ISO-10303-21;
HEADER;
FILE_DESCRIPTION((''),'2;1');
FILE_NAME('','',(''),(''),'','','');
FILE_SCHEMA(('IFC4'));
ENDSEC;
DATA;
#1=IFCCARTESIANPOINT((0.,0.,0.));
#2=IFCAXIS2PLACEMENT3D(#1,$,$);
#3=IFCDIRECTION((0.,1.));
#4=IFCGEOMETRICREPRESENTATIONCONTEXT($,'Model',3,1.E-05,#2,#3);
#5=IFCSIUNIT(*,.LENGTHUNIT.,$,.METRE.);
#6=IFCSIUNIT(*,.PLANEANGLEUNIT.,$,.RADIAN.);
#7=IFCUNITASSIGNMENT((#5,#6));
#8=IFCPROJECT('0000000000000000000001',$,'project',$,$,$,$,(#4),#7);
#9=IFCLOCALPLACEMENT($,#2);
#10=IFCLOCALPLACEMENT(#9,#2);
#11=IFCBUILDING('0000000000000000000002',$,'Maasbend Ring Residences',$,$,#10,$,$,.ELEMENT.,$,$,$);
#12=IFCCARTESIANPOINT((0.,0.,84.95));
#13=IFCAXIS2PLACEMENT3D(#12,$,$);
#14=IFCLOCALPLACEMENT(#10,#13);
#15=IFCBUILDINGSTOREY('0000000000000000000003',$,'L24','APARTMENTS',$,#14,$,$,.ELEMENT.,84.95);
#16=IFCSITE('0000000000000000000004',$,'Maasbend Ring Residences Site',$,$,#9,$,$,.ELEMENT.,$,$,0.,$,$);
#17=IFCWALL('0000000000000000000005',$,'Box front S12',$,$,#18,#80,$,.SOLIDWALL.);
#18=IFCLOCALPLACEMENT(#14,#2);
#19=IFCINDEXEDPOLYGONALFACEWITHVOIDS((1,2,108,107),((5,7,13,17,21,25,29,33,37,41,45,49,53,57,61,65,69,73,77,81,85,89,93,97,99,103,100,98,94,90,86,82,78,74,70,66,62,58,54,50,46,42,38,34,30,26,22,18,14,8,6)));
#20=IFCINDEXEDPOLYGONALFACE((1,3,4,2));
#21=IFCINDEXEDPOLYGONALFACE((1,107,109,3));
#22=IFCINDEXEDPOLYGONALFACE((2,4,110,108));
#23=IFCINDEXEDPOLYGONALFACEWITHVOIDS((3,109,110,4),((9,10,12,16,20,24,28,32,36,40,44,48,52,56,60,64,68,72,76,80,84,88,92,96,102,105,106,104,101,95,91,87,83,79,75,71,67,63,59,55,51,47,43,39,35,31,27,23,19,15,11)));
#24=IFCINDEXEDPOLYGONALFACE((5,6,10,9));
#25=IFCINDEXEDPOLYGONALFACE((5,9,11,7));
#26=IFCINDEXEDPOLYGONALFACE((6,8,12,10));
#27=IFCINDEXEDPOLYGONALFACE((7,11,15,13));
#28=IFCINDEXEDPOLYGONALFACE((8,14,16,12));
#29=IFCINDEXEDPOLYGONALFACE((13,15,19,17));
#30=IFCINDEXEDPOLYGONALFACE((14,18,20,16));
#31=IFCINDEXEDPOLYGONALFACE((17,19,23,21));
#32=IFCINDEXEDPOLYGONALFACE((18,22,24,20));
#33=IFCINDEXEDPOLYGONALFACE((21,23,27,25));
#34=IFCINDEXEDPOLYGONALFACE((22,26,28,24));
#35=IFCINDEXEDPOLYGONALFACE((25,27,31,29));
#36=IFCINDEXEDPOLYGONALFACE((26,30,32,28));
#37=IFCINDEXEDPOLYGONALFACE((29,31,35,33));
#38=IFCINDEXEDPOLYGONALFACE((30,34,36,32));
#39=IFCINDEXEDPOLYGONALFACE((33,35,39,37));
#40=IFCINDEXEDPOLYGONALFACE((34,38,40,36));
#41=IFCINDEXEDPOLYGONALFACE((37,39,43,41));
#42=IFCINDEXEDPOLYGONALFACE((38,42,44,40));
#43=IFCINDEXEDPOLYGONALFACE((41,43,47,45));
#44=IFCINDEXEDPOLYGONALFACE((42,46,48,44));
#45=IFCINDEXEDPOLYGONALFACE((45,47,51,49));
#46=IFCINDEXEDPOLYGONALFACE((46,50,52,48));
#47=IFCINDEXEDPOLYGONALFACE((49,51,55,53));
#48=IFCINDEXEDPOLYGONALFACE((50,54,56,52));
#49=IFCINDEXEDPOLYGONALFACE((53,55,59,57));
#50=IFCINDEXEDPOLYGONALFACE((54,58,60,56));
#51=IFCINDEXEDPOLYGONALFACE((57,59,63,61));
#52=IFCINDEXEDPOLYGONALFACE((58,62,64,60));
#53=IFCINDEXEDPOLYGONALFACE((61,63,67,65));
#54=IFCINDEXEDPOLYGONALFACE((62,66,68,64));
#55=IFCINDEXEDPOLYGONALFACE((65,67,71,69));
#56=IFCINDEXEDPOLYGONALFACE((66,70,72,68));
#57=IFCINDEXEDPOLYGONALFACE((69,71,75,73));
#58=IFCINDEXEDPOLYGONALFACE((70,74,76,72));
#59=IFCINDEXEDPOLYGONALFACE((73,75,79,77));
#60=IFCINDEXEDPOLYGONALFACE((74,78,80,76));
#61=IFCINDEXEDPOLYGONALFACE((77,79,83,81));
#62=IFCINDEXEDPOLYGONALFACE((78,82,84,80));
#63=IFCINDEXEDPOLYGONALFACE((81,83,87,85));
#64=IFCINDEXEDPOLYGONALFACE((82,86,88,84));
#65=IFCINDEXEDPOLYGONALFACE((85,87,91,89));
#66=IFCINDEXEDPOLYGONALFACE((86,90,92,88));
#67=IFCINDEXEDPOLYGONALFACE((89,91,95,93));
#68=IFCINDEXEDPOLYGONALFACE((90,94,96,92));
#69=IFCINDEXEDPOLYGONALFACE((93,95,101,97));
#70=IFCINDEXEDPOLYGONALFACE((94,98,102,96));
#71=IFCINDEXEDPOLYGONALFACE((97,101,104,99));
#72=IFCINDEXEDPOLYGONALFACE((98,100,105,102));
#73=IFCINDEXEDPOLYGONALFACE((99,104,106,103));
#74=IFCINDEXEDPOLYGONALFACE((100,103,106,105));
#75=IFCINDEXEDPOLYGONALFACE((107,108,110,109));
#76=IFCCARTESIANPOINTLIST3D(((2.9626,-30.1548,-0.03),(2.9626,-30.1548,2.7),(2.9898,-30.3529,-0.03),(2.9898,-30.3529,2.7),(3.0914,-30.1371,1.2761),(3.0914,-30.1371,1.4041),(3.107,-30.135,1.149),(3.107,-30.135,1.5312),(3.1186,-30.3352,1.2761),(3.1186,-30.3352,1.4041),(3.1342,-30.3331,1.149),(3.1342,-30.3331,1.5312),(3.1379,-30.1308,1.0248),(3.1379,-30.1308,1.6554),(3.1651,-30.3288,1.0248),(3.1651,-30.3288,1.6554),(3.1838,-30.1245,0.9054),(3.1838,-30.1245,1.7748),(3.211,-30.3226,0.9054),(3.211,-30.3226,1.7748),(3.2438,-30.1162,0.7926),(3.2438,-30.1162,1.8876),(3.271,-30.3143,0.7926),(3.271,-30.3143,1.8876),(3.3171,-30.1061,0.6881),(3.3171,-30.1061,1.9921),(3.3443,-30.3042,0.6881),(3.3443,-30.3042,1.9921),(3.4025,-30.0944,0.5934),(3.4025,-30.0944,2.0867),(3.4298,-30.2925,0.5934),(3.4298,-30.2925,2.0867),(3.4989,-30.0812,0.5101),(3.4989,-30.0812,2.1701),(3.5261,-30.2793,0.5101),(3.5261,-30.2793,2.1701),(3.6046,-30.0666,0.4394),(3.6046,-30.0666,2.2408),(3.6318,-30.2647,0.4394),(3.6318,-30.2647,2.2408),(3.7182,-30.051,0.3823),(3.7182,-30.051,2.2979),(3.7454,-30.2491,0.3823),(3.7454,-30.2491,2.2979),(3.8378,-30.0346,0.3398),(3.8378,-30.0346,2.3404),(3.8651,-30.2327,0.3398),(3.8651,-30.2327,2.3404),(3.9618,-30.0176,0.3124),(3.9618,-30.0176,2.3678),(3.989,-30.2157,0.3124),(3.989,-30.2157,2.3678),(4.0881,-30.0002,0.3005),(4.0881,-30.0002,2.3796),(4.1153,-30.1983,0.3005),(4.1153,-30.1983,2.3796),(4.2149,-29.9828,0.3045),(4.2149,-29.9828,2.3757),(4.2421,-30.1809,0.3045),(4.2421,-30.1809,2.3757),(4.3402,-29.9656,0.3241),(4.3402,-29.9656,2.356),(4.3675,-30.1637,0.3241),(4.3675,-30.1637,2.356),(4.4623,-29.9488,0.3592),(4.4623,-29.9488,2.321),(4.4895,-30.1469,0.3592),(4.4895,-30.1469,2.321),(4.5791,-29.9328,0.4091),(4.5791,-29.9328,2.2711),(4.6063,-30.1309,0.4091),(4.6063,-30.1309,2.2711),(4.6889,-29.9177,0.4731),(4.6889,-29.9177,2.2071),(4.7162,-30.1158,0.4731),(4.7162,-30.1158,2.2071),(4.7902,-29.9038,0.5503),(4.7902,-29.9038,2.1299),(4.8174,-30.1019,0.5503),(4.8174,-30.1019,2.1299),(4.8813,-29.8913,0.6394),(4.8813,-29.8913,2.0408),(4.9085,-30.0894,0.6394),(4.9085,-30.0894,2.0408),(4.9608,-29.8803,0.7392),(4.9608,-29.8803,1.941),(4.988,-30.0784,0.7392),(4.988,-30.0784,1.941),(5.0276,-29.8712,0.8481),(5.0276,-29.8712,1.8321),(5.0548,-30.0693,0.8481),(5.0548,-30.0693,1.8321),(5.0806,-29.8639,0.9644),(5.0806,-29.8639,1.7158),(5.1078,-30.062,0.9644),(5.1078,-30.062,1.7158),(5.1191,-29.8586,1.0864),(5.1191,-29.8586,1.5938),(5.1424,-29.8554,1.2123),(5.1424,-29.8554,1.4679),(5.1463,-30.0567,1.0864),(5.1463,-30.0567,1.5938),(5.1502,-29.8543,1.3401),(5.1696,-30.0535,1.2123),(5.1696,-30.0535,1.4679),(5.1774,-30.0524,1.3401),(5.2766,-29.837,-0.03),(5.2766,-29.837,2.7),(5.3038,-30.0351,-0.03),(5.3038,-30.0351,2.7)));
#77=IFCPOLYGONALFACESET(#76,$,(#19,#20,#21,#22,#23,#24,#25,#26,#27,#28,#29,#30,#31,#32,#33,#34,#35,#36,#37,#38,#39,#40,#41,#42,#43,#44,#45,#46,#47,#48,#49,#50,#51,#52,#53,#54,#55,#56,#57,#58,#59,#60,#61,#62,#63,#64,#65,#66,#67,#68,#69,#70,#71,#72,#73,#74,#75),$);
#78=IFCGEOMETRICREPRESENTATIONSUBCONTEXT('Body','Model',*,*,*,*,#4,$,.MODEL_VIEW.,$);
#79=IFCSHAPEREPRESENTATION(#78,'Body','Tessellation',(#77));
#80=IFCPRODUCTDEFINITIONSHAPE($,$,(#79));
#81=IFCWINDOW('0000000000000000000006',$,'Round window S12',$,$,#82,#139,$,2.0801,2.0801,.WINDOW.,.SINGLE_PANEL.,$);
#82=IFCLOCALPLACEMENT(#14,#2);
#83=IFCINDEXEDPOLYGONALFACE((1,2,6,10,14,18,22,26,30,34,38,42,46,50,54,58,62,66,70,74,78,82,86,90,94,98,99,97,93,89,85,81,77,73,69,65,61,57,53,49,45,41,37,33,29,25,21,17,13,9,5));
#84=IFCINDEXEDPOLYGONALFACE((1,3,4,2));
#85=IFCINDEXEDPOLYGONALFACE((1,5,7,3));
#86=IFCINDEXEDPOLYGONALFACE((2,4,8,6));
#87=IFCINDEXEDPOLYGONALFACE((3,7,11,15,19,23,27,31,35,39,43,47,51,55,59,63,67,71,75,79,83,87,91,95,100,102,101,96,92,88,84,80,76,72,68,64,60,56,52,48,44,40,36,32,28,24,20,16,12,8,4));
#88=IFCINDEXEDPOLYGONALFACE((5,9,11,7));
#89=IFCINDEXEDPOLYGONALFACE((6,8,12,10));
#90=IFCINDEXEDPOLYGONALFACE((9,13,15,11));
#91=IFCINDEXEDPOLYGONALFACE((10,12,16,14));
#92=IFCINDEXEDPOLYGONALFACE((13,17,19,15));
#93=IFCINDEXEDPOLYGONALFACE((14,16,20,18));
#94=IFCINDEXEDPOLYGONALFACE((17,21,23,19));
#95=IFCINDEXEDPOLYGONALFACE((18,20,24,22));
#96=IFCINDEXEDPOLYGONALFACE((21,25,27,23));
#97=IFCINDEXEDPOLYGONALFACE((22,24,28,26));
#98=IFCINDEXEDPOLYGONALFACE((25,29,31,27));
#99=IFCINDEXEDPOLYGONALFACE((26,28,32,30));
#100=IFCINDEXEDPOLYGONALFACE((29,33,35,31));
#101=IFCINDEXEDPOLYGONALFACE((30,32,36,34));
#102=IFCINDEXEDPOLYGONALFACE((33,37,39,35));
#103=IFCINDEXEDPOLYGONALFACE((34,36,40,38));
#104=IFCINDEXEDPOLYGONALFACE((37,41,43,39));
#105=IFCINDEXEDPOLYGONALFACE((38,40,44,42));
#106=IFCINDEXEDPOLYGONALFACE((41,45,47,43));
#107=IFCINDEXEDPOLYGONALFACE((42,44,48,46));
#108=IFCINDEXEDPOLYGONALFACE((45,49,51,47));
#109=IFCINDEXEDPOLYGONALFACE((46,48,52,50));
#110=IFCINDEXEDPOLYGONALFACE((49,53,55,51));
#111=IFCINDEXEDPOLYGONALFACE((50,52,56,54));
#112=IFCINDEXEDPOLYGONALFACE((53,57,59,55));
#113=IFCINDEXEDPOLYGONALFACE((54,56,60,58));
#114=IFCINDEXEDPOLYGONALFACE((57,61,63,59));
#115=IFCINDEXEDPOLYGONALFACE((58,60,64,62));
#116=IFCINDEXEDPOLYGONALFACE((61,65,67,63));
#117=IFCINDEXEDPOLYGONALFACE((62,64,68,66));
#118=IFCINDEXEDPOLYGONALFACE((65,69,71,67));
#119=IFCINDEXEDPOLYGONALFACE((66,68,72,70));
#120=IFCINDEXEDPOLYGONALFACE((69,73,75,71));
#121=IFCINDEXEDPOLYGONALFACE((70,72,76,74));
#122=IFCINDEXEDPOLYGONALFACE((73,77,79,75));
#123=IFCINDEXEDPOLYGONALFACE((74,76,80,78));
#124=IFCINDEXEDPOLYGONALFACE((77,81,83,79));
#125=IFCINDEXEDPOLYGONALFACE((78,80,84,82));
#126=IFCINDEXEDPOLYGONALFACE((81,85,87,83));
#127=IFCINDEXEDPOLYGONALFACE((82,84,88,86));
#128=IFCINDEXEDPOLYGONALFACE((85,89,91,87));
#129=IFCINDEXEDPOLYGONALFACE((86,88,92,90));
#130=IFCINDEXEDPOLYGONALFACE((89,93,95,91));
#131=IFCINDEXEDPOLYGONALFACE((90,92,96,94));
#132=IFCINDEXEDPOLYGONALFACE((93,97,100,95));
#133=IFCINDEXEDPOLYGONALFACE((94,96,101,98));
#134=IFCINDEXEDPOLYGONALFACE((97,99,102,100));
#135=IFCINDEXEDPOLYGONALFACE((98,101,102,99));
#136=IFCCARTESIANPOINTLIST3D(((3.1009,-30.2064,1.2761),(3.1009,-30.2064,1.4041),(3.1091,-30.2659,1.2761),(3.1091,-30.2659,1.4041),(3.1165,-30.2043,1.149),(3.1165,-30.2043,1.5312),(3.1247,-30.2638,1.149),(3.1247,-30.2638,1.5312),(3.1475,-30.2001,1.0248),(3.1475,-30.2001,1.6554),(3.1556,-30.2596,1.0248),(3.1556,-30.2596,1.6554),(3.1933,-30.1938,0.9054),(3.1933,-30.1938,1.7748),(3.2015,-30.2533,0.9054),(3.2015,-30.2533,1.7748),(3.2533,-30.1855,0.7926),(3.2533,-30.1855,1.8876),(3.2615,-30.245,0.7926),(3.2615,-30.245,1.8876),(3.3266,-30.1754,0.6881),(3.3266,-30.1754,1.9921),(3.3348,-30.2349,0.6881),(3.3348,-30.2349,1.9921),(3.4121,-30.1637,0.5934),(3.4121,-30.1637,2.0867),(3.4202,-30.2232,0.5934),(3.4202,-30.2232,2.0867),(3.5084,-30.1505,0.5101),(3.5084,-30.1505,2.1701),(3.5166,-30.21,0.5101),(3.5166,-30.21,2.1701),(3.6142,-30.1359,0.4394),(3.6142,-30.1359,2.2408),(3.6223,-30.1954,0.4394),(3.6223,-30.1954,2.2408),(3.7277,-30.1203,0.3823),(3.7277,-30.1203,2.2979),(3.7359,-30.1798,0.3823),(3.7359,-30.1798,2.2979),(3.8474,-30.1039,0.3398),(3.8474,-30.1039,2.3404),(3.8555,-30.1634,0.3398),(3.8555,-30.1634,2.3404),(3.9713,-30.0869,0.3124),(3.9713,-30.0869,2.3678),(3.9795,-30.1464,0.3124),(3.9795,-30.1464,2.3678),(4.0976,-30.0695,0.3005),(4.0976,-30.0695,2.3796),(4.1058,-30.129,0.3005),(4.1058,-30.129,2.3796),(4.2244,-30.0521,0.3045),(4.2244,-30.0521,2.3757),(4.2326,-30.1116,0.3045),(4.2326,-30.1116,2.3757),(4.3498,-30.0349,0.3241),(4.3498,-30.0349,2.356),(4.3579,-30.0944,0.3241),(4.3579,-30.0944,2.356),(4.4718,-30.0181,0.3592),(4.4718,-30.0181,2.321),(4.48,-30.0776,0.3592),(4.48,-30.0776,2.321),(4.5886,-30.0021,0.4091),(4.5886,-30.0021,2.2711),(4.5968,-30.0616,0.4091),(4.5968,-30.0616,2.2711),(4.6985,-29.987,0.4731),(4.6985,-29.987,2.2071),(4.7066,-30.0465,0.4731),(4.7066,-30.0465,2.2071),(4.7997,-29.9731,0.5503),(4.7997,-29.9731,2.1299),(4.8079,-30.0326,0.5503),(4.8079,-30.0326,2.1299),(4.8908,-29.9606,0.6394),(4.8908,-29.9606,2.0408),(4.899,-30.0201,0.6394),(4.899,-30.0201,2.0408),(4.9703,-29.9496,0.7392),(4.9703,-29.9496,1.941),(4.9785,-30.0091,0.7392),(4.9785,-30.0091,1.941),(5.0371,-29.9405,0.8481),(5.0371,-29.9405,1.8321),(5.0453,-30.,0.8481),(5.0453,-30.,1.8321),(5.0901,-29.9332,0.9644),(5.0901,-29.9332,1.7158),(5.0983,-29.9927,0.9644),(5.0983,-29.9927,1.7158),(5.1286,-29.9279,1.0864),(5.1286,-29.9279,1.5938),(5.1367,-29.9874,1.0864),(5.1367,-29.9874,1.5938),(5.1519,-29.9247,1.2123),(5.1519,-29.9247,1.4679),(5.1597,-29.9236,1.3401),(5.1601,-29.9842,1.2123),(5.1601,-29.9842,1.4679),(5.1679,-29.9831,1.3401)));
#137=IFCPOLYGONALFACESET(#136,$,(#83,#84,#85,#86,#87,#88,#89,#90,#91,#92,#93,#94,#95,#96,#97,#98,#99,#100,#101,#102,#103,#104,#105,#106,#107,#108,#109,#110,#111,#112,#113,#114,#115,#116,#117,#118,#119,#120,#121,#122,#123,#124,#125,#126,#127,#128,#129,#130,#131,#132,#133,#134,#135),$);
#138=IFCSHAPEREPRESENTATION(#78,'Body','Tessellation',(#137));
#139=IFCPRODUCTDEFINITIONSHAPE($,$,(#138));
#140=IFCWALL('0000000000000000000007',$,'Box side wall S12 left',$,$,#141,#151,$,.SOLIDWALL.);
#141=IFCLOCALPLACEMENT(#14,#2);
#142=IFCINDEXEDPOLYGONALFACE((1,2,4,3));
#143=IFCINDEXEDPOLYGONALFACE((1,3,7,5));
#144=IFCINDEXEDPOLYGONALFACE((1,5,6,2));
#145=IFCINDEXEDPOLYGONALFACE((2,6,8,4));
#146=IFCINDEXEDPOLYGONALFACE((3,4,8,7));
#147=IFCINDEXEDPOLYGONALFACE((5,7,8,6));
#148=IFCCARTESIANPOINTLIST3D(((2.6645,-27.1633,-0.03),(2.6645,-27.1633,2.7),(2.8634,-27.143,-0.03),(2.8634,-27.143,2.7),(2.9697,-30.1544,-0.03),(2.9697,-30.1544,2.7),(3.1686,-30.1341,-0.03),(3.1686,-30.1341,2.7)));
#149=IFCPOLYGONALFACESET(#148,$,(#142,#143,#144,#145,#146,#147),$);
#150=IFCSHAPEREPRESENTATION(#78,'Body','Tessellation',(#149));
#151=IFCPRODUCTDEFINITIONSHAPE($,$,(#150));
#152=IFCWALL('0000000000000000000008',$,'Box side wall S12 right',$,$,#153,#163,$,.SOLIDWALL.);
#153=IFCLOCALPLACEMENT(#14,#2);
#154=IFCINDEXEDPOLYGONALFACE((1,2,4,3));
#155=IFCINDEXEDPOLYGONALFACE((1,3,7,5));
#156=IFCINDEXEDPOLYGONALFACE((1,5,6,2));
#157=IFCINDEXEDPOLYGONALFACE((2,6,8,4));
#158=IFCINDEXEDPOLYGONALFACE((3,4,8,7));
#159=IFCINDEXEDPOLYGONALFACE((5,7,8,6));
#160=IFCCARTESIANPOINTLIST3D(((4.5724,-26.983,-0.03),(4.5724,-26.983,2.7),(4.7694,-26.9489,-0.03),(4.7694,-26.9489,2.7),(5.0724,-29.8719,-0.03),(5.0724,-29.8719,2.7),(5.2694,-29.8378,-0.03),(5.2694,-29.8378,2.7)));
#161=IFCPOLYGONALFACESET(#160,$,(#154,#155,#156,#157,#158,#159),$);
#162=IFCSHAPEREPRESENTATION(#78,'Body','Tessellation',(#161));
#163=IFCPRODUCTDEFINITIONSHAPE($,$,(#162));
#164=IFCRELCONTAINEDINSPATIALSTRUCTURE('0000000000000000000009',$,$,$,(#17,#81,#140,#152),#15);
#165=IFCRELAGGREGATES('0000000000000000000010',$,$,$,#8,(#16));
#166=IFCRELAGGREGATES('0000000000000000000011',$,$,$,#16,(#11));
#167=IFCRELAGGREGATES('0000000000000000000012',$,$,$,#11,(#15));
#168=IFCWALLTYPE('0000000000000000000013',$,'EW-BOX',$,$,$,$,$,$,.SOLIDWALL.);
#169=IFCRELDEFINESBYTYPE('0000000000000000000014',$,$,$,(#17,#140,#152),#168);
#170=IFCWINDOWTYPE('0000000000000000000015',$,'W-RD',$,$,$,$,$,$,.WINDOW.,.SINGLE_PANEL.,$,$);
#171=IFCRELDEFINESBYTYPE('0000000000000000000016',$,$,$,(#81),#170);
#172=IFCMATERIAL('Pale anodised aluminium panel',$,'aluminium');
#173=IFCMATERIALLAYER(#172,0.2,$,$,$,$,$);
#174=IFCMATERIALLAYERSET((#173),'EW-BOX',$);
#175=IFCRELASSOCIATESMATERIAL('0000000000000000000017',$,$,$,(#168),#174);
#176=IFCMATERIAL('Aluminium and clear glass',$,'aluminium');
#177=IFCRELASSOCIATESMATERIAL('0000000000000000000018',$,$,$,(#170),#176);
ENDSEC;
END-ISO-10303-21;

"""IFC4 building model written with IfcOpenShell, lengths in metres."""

from ifc_helpers import new_model, si_unit, direction, frame, frame_2d, origin, place, context, subcontext, project, spatial, rectangle, circle, extrude, material, layer, layer_set, type_object, element, fill, save


model = new_model("IFC4")

# Units and contexts
model_context = context("Model", 3, precision=1e-05, world=origin(), true_north=direction((0.0, 1.0)))
body_context = subcontext(model_context, "Body", "Model", "MODEL_VIEW")
ifc_project = project(units=[si_unit("LENGTHUNIT", "METRE"), si_unit("PLANEANGLEUNIT", "RADIAN")], contexts=[model_context])

# Site, building, storey
site_placement = place(None, origin())
site = spatial("IfcSite", under=ifc_project, at=site_placement, Name="Maasbend Ring Residences Site", CompositionType="ELEMENT", RefElevation=0.0)
building_placement = place(site_placement, origin())
building = spatial("IfcBuilding", under=site, at=building_placement, Name="Maasbend Ring Residences", CompositionType="ELEMENT")
storey_placement = place(building_placement, frame((0.0, 0.0, 84.95)))
storey = spatial("IfcBuildingStorey", under=building, at=storey_placement, Name="L24", Description="APARTMENTS", CompositionType="ELEMENT", Elevation=84.95)

# Wall, opening, window
ifc_material_1 = material(Name="Pale anodised aluminium panel", Category="aluminium")
ifc_layer_1 = layer(ifc_material_1, 0.2)
ifc_layer_set_1 = layer_set([ifc_layer_1], Name="EW-BOX")
wall_type_1 = type_object("IfcWallType", Name="EW-BOX", PredefinedType="SOLIDWALL", material=ifc_layer_set_1)
wall_1_placement = place(storey_placement, frame((2.9761, -30.2539, -0.03), z_axis=(0.0, 0.0, 1.0), x_axis=(0.990696, 0.136093, 0.0)))
wall_1 = element("IfcWall", 1, at=wall_1_placement, inside=storey, type_object=wall_type_1, Name="Box front S12", PredefinedType="SOLIDWALL", context=body_context, shape_type="SweptSolid", body=[
    extrude(rectangle(XDim=2.3357, YDim=0.2, at=frame_2d((1.168, 0.0))), origin(), (0.0, 0.0, 1.0), 2.73),
])
opening_1_placement = place(wall_1_placement, frame((0.1282, 0.0, 0.3301)))
opening_1 = element("IfcOpeningElement", 2, at=opening_1_placement, cuts=wall_1, PredefinedType="OPENING", context=body_context, shape_type="SweptSolid", body=[
    extrude(circle(Radius=1.04, at=frame_2d((1.04, 1.04))), frame((0.0, 0.1099, 0.0), z_axis=(0.0, -1.0, 0.0), x_axis=(1.0, 0.0, 0.0)), (0.0, 0.0, 1.0), 0.22),
])
ifc_material_2 = material(Name="Aluminium and clear glass", Category="aluminium")
window_type_1 = type_object("IfcWindowType", Name="W-RD", PartitioningType="SINGLE_PANEL", PredefinedType="WINDOW", material=ifc_material_2)
window_1_placement = place(opening_1_placement, origin())
window_1 = element("IfcWindow", 3, at=window_1_placement, inside=storey, type_object=window_type_1, Name="Round window S12", OverallHeight=2.0801, OverallWidth=2.0801, PartitioningType="SINGLE_PANEL", PredefinedType="WINDOW", context=body_context, shape_type="SweptSolid", body=[
    extrude(circle(Radius=1.04, at=frame_2d((1.04, 1.04))), frame((0.0, 0.03, 0.0), z_axis=(0.0, -1.0, 0.0), x_axis=(1.0, 0.0, 0.0)), (0.0, 0.0, 1.0), 0.0601),
])
fill(opening_1, window_1)

# Walls
wall_2_placement = place(storey_placement, frame((2.7639, -27.1531, -0.03), z_axis=(0.0, 0.0, 1.0), x_axis=(0.101505, -0.994835, 0.0)))
element("IfcWall", 4, at=wall_2_placement, inside=storey, type_object=wall_type_1, Name="Box side wall S12 left", PredefinedType="SOLIDWALL", context=body_context, shape_type="SweptSolid", body=[
    extrude(rectangle(XDim=3.0066, YDim=0.2, at=frame_2d((1.5034, 0.0))), origin(), (0.0, 0.0, 1.0), 2.73),
])
wall_3_placement = place(storey_placement, frame((4.6709, -26.9661, -0.03), z_axis=(0.0, 0.0, 1.0), x_axis=(0.17054, -0.985351, 0.0)))
element("IfcWall", 5, at=wall_3_placement, inside=storey, type_object=wall_type_1, Name="Box side wall S12 right", PredefinedType="SOLIDWALL", context=body_context, shape_type="SweptSolid", body=[
    extrude(rectangle(XDim=2.9319, YDim=0.2, at=frame_2d((1.4658, 0.0))), origin(), (0.0, 0.0, 1.0), 2.73),
])

save(model, "model.ifc")
